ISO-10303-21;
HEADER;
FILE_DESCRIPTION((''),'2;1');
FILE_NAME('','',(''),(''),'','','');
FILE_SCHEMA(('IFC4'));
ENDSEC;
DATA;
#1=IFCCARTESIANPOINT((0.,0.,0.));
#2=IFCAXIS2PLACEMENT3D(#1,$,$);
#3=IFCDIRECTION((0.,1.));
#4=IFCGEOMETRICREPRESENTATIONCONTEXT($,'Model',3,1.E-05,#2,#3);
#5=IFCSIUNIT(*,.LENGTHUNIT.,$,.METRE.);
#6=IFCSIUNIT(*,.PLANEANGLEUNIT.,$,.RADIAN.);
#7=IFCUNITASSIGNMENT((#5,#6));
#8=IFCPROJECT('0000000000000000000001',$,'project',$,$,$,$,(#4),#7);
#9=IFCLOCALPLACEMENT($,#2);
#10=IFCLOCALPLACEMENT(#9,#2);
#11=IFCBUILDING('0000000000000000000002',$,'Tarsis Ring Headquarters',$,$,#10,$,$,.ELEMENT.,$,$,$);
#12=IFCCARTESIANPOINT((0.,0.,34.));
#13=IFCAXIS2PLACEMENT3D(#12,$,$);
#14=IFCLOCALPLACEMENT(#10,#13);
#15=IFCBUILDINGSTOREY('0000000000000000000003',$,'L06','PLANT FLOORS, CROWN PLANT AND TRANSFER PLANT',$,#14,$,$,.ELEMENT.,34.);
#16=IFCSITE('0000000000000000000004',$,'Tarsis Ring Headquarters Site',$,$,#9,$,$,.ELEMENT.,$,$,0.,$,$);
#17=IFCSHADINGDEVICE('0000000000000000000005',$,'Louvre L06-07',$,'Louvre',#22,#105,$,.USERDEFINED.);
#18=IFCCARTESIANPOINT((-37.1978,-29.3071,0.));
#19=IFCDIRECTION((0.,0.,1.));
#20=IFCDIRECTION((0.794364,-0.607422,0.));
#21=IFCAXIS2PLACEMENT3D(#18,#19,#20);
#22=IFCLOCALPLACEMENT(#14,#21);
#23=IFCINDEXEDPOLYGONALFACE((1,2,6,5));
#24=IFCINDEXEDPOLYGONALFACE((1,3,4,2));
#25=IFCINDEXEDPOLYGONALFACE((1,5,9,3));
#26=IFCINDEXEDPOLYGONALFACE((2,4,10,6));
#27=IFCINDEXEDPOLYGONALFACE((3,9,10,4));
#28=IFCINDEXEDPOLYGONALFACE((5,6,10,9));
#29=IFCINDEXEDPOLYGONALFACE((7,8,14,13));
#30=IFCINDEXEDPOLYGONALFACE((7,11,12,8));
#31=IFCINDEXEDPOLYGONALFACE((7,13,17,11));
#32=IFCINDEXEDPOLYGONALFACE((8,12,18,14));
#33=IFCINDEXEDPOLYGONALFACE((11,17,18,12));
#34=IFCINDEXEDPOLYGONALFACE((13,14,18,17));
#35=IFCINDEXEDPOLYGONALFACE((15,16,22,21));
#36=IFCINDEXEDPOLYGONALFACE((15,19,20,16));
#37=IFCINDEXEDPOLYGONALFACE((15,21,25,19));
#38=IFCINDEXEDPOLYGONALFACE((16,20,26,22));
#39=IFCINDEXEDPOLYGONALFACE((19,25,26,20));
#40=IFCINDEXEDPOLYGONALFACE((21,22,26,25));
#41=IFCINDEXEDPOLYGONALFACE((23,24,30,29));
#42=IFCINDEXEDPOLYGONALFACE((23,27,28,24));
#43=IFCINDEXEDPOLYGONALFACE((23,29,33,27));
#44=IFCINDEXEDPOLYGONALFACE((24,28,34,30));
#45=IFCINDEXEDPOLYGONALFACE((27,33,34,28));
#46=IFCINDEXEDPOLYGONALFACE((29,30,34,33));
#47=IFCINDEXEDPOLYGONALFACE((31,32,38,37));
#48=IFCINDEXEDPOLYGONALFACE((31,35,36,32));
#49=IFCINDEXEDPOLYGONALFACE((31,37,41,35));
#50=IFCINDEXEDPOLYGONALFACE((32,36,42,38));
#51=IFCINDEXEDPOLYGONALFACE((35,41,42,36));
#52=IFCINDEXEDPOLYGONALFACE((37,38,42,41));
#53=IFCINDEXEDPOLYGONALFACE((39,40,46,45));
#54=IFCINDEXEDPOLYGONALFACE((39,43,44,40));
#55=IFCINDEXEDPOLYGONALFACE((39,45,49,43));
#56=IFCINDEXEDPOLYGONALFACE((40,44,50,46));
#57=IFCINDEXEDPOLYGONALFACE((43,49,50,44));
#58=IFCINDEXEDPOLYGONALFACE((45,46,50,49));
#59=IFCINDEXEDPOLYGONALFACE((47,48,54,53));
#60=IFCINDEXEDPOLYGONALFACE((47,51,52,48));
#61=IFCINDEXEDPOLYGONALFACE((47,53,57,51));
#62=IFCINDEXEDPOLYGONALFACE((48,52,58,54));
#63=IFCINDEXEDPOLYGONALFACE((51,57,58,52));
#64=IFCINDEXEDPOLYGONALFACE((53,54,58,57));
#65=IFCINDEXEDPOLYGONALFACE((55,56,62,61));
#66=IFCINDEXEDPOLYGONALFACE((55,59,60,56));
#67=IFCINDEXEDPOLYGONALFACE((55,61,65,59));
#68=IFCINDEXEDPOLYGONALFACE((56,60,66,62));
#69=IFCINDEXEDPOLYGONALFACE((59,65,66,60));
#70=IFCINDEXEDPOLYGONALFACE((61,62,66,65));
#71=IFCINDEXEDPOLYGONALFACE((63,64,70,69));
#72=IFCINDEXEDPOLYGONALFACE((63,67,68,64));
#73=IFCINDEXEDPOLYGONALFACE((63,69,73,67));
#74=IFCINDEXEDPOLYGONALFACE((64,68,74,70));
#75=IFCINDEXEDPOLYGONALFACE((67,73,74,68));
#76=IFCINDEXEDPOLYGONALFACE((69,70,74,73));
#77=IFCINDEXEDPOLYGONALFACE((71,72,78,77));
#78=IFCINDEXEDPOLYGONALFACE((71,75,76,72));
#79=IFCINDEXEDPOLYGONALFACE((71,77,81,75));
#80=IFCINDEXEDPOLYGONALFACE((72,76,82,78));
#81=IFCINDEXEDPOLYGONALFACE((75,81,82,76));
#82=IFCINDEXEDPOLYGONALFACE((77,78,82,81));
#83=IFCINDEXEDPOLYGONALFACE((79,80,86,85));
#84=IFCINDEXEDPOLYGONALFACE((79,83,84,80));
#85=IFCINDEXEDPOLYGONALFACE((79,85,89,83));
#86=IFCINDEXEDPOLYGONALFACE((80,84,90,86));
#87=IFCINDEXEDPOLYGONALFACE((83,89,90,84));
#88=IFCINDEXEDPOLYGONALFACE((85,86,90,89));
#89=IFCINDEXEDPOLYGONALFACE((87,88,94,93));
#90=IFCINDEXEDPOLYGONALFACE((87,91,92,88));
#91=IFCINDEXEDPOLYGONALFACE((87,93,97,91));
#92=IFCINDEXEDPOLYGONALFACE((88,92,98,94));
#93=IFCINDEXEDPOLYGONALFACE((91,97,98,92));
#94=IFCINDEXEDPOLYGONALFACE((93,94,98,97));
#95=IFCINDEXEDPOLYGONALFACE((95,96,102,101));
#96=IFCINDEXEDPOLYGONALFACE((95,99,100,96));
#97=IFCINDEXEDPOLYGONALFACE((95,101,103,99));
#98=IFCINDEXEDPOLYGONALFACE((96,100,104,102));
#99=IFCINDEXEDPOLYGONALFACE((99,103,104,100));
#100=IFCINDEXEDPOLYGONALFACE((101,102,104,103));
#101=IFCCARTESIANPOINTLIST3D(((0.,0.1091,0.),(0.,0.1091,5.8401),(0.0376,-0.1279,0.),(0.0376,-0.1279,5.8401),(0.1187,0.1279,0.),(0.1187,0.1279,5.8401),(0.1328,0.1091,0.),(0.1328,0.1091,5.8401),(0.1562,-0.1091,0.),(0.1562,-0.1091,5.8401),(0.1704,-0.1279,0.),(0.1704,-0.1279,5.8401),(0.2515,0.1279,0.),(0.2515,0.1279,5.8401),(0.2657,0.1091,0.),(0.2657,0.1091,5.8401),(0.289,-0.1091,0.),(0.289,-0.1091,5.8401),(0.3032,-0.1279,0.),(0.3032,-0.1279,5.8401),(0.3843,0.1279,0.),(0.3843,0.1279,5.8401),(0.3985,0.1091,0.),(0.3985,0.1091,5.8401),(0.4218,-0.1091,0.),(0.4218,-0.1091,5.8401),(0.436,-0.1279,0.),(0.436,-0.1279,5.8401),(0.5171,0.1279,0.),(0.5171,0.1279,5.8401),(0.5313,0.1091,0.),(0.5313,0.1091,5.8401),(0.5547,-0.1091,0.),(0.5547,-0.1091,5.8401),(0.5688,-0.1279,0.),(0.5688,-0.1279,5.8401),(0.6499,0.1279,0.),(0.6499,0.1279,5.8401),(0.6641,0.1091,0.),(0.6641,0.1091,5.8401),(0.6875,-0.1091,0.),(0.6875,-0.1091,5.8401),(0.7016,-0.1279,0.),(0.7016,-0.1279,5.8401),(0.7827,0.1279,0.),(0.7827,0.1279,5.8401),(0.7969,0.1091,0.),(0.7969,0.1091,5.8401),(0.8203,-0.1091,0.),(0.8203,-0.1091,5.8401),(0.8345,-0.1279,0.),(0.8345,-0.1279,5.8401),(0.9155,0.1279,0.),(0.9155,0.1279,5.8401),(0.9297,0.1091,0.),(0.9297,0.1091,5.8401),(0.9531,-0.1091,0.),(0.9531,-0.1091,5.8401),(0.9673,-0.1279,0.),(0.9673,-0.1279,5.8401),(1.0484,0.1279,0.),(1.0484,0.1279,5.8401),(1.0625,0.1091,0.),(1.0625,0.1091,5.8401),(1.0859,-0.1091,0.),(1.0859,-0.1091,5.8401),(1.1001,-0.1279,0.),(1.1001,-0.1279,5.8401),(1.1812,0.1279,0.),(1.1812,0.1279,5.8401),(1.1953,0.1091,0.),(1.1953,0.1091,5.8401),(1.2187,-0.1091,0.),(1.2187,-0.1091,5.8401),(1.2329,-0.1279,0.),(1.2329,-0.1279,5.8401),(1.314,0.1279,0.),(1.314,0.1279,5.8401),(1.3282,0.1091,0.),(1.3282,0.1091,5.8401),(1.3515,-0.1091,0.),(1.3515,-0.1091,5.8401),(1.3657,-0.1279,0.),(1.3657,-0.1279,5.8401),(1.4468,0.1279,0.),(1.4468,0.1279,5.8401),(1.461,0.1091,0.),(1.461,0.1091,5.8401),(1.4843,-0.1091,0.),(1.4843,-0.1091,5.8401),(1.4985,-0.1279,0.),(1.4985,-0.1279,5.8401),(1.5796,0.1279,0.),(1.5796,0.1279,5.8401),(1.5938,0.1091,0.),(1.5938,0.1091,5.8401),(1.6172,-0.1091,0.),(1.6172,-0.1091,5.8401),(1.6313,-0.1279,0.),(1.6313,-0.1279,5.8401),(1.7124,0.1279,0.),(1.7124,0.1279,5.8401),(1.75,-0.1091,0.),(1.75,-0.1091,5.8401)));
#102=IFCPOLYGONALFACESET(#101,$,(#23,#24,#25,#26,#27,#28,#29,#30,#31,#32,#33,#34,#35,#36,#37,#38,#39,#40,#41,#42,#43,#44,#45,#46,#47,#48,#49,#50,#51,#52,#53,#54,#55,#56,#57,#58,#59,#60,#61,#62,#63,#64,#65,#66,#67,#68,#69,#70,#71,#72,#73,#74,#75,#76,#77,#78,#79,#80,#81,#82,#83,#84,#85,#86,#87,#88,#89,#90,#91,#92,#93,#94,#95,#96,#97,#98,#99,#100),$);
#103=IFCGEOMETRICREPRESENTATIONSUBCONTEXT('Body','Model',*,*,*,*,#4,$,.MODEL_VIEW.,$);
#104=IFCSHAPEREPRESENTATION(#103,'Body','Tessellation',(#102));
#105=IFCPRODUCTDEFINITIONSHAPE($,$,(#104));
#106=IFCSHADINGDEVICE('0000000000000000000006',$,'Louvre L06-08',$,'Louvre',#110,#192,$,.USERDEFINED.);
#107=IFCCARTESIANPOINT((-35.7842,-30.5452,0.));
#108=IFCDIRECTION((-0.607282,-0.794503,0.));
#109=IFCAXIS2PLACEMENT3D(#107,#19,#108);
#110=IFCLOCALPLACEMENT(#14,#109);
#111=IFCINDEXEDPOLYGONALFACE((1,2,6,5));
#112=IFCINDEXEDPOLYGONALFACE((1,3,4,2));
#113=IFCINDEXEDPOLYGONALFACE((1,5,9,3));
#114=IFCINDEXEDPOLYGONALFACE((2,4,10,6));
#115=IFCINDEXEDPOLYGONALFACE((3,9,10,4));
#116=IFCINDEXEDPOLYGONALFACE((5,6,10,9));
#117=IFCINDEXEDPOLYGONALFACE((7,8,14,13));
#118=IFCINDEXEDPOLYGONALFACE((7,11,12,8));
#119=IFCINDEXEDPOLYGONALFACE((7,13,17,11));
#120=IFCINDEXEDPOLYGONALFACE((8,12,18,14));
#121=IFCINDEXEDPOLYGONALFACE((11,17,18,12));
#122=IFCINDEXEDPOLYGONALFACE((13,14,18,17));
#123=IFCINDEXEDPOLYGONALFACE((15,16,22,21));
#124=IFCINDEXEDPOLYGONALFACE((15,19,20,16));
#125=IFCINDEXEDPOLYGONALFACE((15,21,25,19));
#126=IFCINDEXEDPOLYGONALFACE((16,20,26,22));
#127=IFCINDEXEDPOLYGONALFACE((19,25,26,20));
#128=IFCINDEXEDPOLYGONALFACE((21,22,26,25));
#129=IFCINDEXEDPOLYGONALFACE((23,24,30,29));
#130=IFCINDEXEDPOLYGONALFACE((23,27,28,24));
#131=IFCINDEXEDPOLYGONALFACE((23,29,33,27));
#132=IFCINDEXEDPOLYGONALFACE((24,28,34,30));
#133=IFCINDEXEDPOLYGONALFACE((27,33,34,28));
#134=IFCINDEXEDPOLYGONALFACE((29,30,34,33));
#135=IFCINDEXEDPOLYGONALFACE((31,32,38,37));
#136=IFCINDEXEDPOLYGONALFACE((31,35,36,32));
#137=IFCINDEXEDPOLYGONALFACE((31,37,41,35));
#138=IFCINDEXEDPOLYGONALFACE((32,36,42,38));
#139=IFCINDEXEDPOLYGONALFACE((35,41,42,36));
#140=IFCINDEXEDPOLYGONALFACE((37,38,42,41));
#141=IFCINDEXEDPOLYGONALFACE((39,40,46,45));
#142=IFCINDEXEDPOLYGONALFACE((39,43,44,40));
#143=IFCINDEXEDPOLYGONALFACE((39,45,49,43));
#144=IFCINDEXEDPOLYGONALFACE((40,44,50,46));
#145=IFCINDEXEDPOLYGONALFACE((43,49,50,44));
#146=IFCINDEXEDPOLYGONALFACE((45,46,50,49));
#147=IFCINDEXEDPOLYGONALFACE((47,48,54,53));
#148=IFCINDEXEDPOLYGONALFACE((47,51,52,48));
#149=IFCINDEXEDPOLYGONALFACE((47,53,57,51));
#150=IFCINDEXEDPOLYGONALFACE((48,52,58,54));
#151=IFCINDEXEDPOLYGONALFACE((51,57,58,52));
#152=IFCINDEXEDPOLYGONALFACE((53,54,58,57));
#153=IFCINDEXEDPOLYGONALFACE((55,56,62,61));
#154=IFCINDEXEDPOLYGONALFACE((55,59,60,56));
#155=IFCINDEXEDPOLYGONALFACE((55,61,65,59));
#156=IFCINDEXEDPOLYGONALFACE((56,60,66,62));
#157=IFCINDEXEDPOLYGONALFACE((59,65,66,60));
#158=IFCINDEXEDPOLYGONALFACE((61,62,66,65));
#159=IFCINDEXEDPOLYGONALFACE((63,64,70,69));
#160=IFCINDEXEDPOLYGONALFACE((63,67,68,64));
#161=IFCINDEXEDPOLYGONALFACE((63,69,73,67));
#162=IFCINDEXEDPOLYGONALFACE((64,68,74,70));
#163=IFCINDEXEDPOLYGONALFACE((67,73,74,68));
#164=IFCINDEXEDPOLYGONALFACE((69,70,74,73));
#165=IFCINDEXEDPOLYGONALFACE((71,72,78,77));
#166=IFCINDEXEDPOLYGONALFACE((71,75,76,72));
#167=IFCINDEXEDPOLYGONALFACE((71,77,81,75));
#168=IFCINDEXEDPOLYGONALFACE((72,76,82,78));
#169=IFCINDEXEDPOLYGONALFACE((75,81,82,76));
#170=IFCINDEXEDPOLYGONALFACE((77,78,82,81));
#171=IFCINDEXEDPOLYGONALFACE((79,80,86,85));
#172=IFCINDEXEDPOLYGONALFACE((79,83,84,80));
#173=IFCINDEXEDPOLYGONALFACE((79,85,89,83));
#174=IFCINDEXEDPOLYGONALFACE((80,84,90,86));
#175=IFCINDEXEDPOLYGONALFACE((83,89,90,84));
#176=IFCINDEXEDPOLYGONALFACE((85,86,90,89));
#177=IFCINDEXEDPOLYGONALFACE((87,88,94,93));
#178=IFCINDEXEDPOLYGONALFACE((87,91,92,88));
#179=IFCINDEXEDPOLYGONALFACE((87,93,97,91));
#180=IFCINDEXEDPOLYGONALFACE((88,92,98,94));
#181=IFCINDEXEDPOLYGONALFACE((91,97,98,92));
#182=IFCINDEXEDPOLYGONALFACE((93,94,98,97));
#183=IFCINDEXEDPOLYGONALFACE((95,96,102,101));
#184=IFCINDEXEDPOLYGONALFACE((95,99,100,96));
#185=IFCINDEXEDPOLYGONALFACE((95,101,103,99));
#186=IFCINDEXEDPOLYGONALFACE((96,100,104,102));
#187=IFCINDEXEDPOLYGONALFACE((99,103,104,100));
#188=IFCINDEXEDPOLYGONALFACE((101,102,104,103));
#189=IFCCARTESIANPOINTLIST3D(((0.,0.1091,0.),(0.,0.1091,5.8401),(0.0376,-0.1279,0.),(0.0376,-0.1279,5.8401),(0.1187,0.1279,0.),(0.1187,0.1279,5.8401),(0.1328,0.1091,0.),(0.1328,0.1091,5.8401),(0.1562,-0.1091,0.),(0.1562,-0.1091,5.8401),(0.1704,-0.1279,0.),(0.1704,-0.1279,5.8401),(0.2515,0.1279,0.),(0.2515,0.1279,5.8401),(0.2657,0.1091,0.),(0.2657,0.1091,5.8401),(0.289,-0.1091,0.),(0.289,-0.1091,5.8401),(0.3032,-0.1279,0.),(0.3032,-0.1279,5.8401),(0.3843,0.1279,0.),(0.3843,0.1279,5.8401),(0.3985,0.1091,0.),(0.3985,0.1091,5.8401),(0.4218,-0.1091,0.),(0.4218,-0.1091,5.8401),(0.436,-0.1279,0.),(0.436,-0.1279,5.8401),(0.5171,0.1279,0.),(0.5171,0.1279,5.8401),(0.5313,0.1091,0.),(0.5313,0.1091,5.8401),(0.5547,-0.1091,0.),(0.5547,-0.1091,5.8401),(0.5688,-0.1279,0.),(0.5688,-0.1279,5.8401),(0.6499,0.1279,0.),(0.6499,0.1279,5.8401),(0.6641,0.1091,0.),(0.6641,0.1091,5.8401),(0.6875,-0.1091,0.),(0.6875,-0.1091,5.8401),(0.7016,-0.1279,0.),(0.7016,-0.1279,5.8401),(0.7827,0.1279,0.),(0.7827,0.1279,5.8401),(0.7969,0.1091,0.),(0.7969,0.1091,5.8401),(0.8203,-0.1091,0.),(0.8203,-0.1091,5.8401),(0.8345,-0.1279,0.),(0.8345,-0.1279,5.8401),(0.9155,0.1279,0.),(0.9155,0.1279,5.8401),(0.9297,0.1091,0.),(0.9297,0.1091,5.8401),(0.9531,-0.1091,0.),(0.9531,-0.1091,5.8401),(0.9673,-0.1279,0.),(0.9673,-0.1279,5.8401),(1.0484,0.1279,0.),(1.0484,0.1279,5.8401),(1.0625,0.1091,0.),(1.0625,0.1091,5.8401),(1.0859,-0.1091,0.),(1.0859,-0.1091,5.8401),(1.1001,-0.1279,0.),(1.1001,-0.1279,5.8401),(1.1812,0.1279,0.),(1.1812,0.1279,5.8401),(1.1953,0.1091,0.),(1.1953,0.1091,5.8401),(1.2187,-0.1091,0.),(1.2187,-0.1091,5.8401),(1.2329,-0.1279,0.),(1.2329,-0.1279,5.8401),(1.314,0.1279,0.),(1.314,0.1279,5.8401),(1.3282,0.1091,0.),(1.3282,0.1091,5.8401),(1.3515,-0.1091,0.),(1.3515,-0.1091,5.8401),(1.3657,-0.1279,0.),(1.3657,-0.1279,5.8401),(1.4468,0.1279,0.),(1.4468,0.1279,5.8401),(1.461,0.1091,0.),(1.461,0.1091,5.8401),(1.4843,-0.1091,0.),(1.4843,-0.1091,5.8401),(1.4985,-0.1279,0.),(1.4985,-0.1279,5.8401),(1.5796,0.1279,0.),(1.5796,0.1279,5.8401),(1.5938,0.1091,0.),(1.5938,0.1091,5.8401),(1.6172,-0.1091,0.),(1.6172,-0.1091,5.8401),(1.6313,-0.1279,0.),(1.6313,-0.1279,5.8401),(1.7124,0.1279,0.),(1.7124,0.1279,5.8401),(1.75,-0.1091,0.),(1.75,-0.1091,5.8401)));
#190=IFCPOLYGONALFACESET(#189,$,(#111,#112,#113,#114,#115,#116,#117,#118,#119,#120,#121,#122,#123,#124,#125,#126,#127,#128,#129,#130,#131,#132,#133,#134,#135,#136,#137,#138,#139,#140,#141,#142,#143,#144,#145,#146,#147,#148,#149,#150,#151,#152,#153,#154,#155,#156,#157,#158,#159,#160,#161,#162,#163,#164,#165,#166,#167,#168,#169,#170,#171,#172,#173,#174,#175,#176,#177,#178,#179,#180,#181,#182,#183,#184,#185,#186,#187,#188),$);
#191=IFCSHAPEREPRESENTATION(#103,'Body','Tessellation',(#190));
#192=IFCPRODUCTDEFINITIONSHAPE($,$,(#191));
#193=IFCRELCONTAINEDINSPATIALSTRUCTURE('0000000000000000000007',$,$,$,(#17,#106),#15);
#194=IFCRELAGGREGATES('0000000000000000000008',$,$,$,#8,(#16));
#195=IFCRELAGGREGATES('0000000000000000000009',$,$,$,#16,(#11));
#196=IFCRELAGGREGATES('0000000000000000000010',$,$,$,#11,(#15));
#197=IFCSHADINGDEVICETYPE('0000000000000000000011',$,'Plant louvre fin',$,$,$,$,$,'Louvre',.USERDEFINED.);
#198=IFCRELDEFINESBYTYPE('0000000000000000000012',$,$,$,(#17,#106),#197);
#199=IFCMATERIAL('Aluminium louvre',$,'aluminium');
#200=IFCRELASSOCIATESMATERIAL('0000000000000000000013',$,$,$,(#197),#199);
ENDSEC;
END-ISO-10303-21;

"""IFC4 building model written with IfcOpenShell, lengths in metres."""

from ifc_helpers import new_model, si_unit, direction, frame, frame_2d, origin, place, context, subcontext, project, spatial, rectangle, composite_profile, extrude, material, type_object, element, save


model = new_model("IFC4")

# Units and contexts
model_context = context("Model", 3, precision=1e-05, world=origin(), true_north=direction((0.0, 1.0)))
body_context = subcontext(model_context, "Body", "Model", "MODEL_VIEW")
ifc_project = project(units=[si_unit("LENGTHUNIT", "METRE"), si_unit("PLANEANGLEUNIT", "RADIAN")], contexts=[model_context])

# Site, building, storey
site_placement = place(None, origin())
site = spatial("IfcSite", under=ifc_project, at=site_placement, Name="Tarsis Ring Headquarters Site", CompositionType="ELEMENT", RefElevation=0.0)
building_placement = place(site_placement, origin())
building = spatial("IfcBuilding", under=site, at=building_placement, Name="Tarsis Ring Headquarters", CompositionType="ELEMENT")
storey_placement = place(building_placement, frame((0.0, 0.0, 34.0)))
storey = spatial("IfcBuildingStorey", under=building, at=storey_placement, Name="L06", Description="PLANT FLOORS, CROWN PLANT AND TRANSFER PLANT", CompositionType="ELEMENT", Elevation=34.0)

# Shading devices
ifc_material_1 = material(Name="Aluminium louvre", Category="aluminium")
shading_device_type_1 = type_object("IfcShadingDeviceType", Name="Plant louvre fin", ElementType="Louvre", PredefinedType="USERDEFINED", material=ifc_material_1)
for number, where, z_axis, x_axis, name in (
    (1, (-37.1978, -29.3071, 0.0), (0.0, 0.0, 1.0), (0.794364, -0.607422, 0.0), "Louvre L06-07"),
    (2, (-35.7842, -30.5452, 0.0), (0.0, 0.0, 1.0), (-0.607282, -0.794503, 0.0), "Louvre L06-08"),
):
    element("IfcShadingDevice", number, at=place(storey_placement, frame(where, z_axis=z_axis, x_axis=x_axis)), inside=storey, type_object=shading_device_type_1, Name=name, ObjectType="Louvre", PredefinedType="USERDEFINED", context=body_context, shape_type="SweptSolid", body=[
        extrude(composite_profile([rectangle(XDim=0.1201, YDim=0.24, at=frame_2d((0.0781, 0.0), x_axis=(0.987688, 0.156434))), rectangle(XDim=0.1201, YDim=0.24, at=frame_2d((0.2109, 0.0), x_axis=(0.987688, 0.156434))), rectangle(XDim=0.1201, YDim=0.24, at=frame_2d((0.3438, 0.0), x_axis=(0.987688, 0.156434))), rectangle(XDim=0.1201, YDim=0.24, at=frame_2d((0.4766, 0.0), x_axis=(0.987688, 0.156434))), rectangle(XDim=0.1201, YDim=0.24, at=frame_2d((0.6094, 0.0), x_axis=(0.987688, 0.156434))), rectangle(XDim=0.1201, YDim=0.24, at=frame_2d((0.7422, 0.0), x_axis=(0.987688, 0.156434))), rectangle(XDim=0.1201, YDim=0.24, at=frame_2d((0.875, 0.0), x_axis=(0.987688, 0.156434))), rectangle(XDim=0.1201, YDim=0.24, at=frame_2d((1.0078, 0.0), x_axis=(0.987688, 0.156434))), rectangle(XDim=0.1201, YDim=0.24, at=frame_2d((1.1406, 0.0), x_axis=(0.987688, 0.156434))), rectangle(XDim=0.1201, YDim=0.24, at=frame_2d((1.2734, 0.0), x_axis=(0.987688, 0.156434))), rectangle(XDim=0.1201, YDim=0.24, at=frame_2d((1.4062, 0.0), x_axis=(0.987688, 0.156434))), rectangle(XDim=0.1201, YDim=0.24, at=frame_2d((1.5391, 0.0), x_axis=(0.987688, 0.156434))), rectangle(XDim=0.1201, YDim=0.24, at=frame_2d((1.6719, 0.0), x_axis=(0.987688, 0.156434)))]), origin(), (0.0, 0.0, 1.0), 5.8401),
    ])

save(model, "model.ifc")
